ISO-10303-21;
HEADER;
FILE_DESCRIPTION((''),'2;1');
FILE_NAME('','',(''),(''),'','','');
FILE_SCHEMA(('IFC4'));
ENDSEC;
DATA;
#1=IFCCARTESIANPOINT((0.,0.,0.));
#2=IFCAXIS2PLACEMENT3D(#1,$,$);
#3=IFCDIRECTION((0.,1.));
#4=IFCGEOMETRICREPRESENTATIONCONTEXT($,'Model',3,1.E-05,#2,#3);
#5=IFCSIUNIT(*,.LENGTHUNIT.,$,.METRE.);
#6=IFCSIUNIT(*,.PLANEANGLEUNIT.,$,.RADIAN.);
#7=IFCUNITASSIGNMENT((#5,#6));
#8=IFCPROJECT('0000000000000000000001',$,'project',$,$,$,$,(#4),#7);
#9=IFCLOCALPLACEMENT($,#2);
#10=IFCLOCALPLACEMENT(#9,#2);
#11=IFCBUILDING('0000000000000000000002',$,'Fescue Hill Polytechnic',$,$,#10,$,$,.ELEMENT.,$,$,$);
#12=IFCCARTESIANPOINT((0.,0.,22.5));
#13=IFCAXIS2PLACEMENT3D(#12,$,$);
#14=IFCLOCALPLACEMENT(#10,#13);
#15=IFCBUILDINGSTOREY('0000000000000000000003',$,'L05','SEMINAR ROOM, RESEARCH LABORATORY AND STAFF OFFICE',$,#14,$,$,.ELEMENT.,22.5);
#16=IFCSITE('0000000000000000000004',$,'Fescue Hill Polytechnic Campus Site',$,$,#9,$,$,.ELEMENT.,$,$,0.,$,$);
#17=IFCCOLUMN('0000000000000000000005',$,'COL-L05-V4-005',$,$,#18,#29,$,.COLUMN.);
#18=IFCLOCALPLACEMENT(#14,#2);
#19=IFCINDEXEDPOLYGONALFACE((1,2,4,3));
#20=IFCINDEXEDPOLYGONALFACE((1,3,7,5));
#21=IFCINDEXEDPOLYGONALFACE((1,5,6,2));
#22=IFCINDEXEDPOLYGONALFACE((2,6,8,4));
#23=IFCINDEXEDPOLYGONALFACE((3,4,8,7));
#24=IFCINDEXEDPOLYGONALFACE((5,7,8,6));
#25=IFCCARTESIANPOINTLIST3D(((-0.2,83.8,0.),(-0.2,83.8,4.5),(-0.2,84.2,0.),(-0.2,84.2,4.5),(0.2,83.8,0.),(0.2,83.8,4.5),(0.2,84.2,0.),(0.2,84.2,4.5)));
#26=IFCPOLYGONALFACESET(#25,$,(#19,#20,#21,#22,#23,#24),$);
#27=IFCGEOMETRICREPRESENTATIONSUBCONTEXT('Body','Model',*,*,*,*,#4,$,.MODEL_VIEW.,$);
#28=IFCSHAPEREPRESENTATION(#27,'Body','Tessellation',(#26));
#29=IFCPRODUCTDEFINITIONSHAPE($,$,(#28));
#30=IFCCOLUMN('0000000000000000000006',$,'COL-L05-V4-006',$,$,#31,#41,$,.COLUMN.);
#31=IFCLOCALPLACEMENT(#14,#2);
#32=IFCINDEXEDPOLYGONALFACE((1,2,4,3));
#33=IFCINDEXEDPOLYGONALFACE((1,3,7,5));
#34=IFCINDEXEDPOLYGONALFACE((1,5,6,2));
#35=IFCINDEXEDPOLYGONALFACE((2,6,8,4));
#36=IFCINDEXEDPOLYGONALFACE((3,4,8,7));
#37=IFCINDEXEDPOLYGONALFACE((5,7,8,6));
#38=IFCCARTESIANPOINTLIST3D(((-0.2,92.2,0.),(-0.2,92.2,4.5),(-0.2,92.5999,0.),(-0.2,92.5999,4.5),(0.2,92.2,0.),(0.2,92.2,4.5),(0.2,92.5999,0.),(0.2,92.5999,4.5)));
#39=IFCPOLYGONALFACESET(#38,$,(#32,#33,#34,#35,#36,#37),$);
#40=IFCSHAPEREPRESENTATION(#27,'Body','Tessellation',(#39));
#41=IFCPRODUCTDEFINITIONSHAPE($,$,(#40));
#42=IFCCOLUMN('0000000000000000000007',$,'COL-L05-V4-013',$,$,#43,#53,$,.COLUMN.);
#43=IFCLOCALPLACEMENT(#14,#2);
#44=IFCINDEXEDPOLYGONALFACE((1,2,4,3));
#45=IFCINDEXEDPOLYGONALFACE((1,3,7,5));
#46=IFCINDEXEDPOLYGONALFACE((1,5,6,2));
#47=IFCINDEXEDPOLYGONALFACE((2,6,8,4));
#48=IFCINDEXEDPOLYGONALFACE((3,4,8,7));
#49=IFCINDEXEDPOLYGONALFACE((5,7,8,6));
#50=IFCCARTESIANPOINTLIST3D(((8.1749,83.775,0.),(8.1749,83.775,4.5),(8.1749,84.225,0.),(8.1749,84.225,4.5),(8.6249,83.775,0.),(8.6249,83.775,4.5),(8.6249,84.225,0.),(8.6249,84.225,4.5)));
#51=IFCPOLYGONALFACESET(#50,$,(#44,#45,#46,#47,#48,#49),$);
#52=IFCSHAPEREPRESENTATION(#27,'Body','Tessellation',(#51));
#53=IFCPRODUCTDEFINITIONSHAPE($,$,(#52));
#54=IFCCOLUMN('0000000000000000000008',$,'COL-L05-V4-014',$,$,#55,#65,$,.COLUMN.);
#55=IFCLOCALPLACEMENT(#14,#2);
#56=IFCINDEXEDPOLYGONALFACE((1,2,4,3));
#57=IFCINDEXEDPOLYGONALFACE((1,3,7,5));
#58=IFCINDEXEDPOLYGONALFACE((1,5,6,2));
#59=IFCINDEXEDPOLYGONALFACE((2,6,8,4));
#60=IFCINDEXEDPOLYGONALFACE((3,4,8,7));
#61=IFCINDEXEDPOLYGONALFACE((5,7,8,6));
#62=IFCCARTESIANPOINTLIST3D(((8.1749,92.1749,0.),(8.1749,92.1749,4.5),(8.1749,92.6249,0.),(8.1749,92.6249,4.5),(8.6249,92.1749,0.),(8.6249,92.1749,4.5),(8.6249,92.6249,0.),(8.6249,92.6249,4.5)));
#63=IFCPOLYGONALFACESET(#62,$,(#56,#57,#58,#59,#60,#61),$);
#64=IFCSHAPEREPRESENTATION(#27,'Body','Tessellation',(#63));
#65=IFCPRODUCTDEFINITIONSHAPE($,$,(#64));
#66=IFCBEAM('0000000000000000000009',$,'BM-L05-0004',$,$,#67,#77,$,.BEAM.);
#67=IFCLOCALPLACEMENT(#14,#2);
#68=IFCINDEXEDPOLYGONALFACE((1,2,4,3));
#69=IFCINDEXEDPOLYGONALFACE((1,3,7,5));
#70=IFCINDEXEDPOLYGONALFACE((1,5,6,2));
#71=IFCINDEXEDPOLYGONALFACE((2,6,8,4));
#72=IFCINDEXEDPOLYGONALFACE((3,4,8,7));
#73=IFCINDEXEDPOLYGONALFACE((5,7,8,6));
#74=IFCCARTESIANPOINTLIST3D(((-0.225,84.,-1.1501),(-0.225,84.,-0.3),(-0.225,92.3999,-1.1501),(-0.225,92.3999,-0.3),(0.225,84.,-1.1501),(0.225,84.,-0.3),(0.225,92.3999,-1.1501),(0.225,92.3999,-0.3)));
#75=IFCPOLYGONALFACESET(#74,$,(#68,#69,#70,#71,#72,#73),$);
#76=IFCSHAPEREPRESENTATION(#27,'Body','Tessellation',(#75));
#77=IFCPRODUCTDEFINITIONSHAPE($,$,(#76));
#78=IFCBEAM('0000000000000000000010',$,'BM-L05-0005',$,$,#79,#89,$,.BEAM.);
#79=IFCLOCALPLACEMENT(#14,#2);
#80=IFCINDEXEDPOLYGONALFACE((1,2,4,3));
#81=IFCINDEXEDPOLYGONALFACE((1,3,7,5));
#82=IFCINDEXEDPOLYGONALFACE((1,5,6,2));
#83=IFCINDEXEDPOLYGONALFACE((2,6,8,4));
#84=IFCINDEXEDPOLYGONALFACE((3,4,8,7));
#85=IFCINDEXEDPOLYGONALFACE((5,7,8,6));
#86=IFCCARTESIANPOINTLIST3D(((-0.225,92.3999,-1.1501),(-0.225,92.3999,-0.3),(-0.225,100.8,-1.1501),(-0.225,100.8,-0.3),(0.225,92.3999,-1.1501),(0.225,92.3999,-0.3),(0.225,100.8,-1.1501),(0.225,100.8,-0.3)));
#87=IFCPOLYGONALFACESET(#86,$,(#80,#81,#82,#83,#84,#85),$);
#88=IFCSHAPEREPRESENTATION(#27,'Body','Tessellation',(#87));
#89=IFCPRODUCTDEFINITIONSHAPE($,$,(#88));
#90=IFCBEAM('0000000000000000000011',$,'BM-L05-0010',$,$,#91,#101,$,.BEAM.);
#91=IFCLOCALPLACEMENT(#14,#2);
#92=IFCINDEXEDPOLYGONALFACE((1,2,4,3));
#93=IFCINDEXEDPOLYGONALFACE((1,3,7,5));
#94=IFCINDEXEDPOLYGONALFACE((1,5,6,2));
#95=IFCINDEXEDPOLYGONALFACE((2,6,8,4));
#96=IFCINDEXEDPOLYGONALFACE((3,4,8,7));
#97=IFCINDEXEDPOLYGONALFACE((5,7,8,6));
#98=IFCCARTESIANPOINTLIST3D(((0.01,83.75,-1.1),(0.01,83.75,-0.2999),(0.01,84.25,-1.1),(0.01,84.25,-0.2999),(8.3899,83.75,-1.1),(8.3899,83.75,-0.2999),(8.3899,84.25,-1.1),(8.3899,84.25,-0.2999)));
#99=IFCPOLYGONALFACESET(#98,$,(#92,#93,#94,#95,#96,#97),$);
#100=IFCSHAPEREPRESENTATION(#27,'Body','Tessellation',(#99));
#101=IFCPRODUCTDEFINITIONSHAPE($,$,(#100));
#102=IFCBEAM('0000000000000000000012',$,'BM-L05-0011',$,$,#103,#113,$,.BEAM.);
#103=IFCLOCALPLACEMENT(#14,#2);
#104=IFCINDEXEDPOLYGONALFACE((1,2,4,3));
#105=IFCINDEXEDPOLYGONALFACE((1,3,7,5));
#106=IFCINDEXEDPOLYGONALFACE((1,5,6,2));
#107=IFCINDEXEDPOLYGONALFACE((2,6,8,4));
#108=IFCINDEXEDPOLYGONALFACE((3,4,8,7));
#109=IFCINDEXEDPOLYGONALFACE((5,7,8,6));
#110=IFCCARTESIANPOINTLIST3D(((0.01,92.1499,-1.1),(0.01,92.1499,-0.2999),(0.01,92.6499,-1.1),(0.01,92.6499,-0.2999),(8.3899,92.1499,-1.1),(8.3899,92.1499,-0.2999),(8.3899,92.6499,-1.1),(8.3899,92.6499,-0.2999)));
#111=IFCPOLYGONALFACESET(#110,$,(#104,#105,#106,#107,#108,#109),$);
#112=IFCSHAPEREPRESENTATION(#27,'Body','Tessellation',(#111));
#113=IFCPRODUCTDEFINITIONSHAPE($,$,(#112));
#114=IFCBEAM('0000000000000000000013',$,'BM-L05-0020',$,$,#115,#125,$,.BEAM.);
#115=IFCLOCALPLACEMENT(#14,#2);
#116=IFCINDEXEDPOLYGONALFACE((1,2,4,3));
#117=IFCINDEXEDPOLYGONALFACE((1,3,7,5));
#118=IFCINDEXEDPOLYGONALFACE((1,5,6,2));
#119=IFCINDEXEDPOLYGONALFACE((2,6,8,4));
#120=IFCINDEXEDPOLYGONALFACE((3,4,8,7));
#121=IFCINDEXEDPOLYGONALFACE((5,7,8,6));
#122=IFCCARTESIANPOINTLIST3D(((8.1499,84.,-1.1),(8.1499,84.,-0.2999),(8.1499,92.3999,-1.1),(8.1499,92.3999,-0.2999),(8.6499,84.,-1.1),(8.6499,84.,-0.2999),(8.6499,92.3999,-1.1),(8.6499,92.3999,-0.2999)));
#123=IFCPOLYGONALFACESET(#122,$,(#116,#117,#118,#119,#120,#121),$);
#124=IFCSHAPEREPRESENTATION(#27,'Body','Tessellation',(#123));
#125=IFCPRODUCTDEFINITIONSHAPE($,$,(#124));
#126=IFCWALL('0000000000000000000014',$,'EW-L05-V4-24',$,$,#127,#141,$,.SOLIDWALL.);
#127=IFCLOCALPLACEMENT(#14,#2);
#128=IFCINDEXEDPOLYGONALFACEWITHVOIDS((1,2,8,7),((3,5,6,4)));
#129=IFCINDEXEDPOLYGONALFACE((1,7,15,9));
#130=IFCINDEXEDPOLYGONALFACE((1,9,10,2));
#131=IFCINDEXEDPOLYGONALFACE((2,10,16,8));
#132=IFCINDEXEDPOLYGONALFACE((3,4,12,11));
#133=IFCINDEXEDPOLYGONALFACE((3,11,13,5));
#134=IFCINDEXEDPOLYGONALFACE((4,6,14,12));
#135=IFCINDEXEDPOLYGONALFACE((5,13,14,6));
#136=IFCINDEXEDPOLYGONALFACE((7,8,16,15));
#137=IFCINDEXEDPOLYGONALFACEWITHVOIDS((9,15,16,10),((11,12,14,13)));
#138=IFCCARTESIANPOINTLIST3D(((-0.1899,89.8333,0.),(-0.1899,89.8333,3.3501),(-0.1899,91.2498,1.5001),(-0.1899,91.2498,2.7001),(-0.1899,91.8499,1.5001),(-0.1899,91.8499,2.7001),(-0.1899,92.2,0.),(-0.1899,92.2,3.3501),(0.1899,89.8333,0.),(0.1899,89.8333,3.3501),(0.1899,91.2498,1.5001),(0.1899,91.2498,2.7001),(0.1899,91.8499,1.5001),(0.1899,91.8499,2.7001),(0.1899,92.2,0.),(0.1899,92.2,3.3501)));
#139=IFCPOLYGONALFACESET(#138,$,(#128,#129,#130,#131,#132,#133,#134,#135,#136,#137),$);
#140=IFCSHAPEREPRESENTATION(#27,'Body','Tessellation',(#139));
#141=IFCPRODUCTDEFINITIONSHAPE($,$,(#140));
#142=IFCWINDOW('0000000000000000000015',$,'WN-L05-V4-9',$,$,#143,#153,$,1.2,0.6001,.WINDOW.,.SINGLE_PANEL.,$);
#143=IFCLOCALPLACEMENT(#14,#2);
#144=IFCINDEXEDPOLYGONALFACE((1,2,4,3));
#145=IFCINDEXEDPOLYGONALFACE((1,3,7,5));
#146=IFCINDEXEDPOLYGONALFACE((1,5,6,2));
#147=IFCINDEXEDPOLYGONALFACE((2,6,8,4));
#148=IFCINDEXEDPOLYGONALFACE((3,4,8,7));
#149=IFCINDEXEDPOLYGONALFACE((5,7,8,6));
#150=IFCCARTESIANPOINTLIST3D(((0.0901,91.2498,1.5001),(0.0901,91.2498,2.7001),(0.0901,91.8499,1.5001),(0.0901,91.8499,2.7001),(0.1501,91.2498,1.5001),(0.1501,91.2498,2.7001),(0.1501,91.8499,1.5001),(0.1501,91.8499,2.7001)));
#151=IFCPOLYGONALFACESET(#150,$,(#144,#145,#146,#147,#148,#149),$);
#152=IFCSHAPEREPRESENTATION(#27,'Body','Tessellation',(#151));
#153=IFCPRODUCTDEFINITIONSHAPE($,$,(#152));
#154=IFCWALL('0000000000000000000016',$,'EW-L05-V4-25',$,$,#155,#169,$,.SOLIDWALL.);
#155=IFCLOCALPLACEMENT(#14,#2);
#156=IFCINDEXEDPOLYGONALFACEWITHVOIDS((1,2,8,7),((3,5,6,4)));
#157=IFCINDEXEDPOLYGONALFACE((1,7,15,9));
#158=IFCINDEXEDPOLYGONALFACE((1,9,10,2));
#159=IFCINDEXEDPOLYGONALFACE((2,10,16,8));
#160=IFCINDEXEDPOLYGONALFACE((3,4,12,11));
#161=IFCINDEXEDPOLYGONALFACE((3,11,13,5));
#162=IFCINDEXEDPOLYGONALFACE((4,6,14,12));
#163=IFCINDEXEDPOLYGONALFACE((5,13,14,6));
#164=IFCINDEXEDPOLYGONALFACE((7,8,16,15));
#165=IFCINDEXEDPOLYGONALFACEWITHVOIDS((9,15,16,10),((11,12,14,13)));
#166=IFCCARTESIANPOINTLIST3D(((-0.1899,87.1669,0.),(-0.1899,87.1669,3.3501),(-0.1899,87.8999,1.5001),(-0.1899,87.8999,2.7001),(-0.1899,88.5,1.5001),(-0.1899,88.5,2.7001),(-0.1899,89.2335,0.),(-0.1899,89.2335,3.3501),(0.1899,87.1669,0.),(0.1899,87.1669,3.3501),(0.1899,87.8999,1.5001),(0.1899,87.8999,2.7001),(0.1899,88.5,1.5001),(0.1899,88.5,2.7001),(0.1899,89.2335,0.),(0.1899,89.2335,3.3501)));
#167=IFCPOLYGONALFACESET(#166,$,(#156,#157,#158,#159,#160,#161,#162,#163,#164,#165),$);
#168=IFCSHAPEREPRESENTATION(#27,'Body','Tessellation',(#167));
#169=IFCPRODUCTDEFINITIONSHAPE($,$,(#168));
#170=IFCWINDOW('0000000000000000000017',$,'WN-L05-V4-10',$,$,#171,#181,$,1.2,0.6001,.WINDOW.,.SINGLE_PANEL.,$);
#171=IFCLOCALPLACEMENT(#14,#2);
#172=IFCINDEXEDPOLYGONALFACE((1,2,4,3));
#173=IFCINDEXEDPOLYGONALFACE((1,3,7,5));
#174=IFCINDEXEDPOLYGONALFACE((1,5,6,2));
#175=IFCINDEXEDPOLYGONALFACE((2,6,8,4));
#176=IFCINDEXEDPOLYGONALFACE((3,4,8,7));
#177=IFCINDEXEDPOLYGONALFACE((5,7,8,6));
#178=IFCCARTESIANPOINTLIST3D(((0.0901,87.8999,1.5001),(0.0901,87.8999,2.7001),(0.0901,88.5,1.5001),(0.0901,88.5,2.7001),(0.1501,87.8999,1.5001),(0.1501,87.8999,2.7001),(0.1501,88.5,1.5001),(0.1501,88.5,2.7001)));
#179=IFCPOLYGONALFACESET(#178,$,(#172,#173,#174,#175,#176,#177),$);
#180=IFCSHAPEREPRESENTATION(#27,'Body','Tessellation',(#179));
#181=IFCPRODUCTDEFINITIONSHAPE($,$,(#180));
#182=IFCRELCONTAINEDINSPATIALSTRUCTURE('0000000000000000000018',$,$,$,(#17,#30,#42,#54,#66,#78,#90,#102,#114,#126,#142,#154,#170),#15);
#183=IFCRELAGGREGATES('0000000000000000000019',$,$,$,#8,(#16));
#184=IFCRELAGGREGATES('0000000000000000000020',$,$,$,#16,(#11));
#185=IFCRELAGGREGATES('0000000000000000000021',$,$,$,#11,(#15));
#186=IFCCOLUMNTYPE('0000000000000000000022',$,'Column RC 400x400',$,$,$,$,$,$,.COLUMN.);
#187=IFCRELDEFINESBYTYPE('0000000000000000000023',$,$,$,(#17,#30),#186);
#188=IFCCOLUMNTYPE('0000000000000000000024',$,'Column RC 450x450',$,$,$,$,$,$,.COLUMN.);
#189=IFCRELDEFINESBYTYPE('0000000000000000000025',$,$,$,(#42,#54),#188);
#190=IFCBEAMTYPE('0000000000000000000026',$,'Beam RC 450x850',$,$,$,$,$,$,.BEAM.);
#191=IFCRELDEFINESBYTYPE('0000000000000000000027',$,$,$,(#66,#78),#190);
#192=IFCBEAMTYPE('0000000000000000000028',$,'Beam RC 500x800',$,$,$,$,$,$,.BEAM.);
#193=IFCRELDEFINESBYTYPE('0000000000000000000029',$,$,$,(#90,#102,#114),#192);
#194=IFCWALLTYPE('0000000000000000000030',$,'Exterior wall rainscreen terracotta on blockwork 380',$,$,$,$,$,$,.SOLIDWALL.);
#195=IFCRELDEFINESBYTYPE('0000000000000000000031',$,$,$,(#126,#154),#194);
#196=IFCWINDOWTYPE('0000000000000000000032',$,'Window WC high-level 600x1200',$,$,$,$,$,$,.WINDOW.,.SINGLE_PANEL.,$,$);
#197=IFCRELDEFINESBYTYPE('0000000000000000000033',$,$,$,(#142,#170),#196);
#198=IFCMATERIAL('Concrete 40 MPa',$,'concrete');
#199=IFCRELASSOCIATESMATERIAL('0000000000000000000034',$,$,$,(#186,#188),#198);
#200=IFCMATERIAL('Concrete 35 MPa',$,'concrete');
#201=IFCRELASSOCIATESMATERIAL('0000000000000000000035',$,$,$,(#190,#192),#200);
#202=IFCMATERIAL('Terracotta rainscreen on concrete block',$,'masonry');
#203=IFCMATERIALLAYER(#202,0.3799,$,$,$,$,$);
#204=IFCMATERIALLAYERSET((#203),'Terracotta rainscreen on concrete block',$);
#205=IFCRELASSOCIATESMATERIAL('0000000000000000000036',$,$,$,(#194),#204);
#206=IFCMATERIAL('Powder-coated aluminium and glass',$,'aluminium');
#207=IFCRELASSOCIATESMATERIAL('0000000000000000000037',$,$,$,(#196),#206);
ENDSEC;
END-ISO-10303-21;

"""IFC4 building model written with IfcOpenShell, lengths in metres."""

from ifc_helpers import new_model, si_unit, direction, frame, frame_2d, origin, origin_2d, place, context, subcontext, project, spatial, rectangle, extrude, material, layer, layer_set, material_profile, profile_set, type_object, element, fill, save


model = new_model("IFC4")

# Units and contexts
model_context = context("Model", 3, precision=1e-05, world=origin(), true_north=direction((0.0, 1.0)))
body_context = subcontext(model_context, "Body", "Model", "MODEL_VIEW")
ifc_project = project(units=[si_unit("LENGTHUNIT", "METRE"), si_unit("PLANEANGLEUNIT", "RADIAN")], contexts=[model_context])

# Site, building, storey
site_placement = place(None, origin())
site = spatial("IfcSite", under=ifc_project, at=site_placement, Name="Fescue Hill Polytechnic Campus Site", CompositionType="ELEMENT", RefElevation=0.0)
building_placement = place(site_placement, origin())
building = spatial("IfcBuilding", under=site, at=building_placement, Name="Fescue Hill Polytechnic", CompositionType="ELEMENT")
storey_placement = place(building_placement, frame((0.0, 0.0, 22.5)))
storey = spatial("IfcBuildingStorey", under=building, at=storey_placement, Name="L05", Description="SEMINAR ROOM, RESEARCH LABORATORY AND STAFF OFFICE", CompositionType="ELEMENT", Elevation=22.5)

# Columns
ifc_material_1 = material(Name="Concrete 40 MPa", Category="concrete")
ifc_material_profile_1 = material_profile(ifc_material_1, rectangle(XDim=0.3999, YDim=0.3999, at=origin_2d()), Name="RC 400x400")
ifc_profile_set_1 = profile_set([ifc_material_profile_1], Name="Concrete 40 MPa")
column_type_1 = type_object("IfcColumnType", Name="Column RC 400x400", PredefinedType="COLUMN", material=ifc_profile_set_1)
for number, where, z_axis, x_axis, name in (
    (1, (0.0, 84.0, 0.0), (0.0, 0.0, 1.0), (1.0, 0.0, 0.0), "COL-L05-V4-005"),
    (2, (0.0, 92.3999, 0.0), (0.0, 0.0, 1.0), (1.0, 0.0, 0.0), "COL-L05-V4-006"),
):
    element("IfcColumn", number, at=place(storey_placement, frame(where, z_axis=z_axis, x_axis=x_axis)), inside=storey, type_object=column_type_1, Name=name, PredefinedType="COLUMN", context=body_context, shape_type="SweptSolid", body=[
        extrude(rectangle(XDim=0.3999, YDim=0.3999, at=origin_2d()), origin(), (0.0, 0.0, 1.0), 4.5),
    ])
ifc_material_profile_2 = material_profile(ifc_material_1, rectangle(XDim=0.45, YDim=0.45, at=origin_2d()), Name="RC 450x450")
ifc_profile_set_2 = profile_set([ifc_material_profile_2], Name="Concrete 40 MPa")
column_type_2 = type_object("IfcColumnType", Name="Column RC 450x450", PredefinedType="COLUMN", material=ifc_profile_set_2)
for number, where, z_axis, x_axis, name in (
    (3, (8.3999, 84.0, 0.0), (0.0, 0.0, 1.0), (1.0, 0.0, 0.0), "COL-L05-V4-013"),
    (4, (8.3999, 92.3999, 0.0), (0.0, 0.0, 1.0), (1.0, 0.0, 0.0), "COL-L05-V4-014"),
):
    element("IfcColumn", number, at=place(storey_placement, frame(where, z_axis=z_axis, x_axis=x_axis)), inside=storey, type_object=column_type_2, Name=name, PredefinedType="COLUMN", context=body_context, shape_type="SweptSolid", body=[
        extrude(rectangle(XDim=0.45, YDim=0.45, at=origin_2d()), origin(), (0.0, 0.0, 1.0), 4.5),
    ])

# Beams
ifc_material_2 = material(Name="Concrete 35 MPa", Category="concrete")
ifc_material_profile_3 = material_profile(ifc_material_2, rectangle(XDim=0.45, YDim=0.8501, at=origin_2d()), Name="RC 450x850")
ifc_profile_set_3 = profile_set([ifc_material_profile_3], Name="Concrete 35 MPa")
beam_type_1 = type_object("IfcBeamType", Name="Beam RC 450x850", PredefinedType="BEAM", material=ifc_profile_set_3)
beam_1_placement = place(storey_placement, frame((0.0, 84.0, -0.7251), z_axis=(0.0, 1.0, 0.0), x_axis=(-1.0, 0.0, 0.0)))
element("IfcBeam", 5, at=beam_1_placement, inside=storey, type_object=beam_type_1, Name="BM-L05-0004", PredefinedType="BEAM", context=body_context, shape_type="SweptSolid", body=[
    extrude(rectangle(XDim=0.45, YDim=0.8501, at=origin_2d()), origin(), (0.0, 0.0, 1.0), 8.3999),
])
beam_2_placement = place(storey_placement, frame((0.0, 92.3999, -0.7251), z_axis=(0.0, 1.0, 0.0), x_axis=(-1.0, 0.0, 0.0)))
element("IfcBeam", 6, at=beam_2_placement, inside=storey, type_object=beam_type_1, Name="BM-L05-0005", PredefinedType="BEAM", context=body_context, shape_type="SweptSolid", body=[
    extrude(rectangle(XDim=0.45, YDim=0.8501, at=origin_2d()), origin(), (0.0, 0.0, 1.0), 8.4001),
])
ifc_material_profile_4 = material_profile(ifc_material_2, rectangle(XDim=0.5, YDim=0.8, at=origin_2d()), Name="RC 500x800")
ifc_profile_set_4 = profile_set([ifc_material_profile_4], Name="Concrete 35 MPa")
beam_type_2 = type_object("IfcBeamType", Name="Beam RC 500x800", PredefinedType="BEAM", material=ifc_profile_set_4)
for number, where, z_axis, x_axis, name in (
    (7, (0.01, 84.0, -0.7), (1.0, 0.0, 0.0), (0.0, 1.0, 0.0), "BM-L05-0010"),
    (8, (0.01, 92.3999, -0.7), (1.0, 0.0, 0.0), (0.0, 1.0, 0.0), "BM-L05-0011"),
):
    element("IfcBeam", number, at=place(storey_placement, frame(where, z_axis=z_axis, x_axis=x_axis)), inside=storey, type_object=beam_type_2, Name=name, PredefinedType="BEAM", context=body_context, shape_type="SweptSolid", body=[
        extrude(rectangle(XDim=0.5, YDim=0.8, at=origin_2d()), origin(), (0.0, 0.0, 1.0), 8.3799),
    ])
beam_3_placement = place(storey_placement, frame((8.3999, 84.0, -0.7), z_axis=(0.0, 1.0, 0.0), x_axis=(-1.0, 0.0, 0.0)))
element("IfcBeam", 9, at=beam_3_placement, inside=storey, type_object=beam_type_2, Name="BM-L05-0020", PredefinedType="BEAM", context=body_context, shape_type="SweptSolid", body=[
    extrude(rectangle(XDim=0.5, YDim=0.8, at=origin_2d()), origin(), (0.0, 0.0, 1.0), 8.3999),
])

# Walls, openings, windows
ifc_material_3 = material(Name="Terracotta rainscreen on concrete block", Category="masonry")
ifc_layer_1 = layer(ifc_material_3, 0.3799)
ifc_layer_set_1 = layer_set([ifc_layer_1], Name="Terracotta rainscreen on concrete block")
wall_type_1 = type_object("IfcWallType", Name="Exterior wall rainscreen terracotta on blockwork 380", PredefinedType="SOLIDWALL", material=ifc_layer_set_1)
wall_1_placement = place(storey_placement, frame((0.0, 92.2, 0.0), z_axis=(0.0, 0.0, 1.0), x_axis=(0.0, -1.0, 0.0)))
wall_1 = element("IfcWall", 10, at=wall_1_placement, inside=storey, type_object=wall_type_1, Name="EW-L05-V4-24", PredefinedType="SOLIDWALL", context=body_context, shape_type="SweptSolid", body=[
    extrude(rectangle(XDim=2.3667, YDim=0.3799, at=frame_2d((1.1833, 0.0))), origin(), (0.0, 0.0, 1.0), 3.3501),
])
opening_1_placement = place(wall_1_placement, frame((0.3501, 0.0, 1.5)))
opening_1 = element("IfcOpeningElement", 11, at=opening_1_placement, cuts=wall_1, PredefinedType="OPENING", context=body_context, shape_type="SweptSolid", body=[
    extrude(rectangle(XDim=0.6001, YDim=1.2, at=frame_2d((0.3, 0.6001))), frame((0.0, 0.2, 0.0), z_axis=(0.0, -1.0, 0.0), x_axis=(1.0, 0.0, 0.0)), (0.0, 0.0, 1.0), 0.3999),
])
ifc_material_4 = material(Name="Powder-coated aluminium and glass", Category="aluminium")
window_type = type_object("IfcWindowType", Name="Window WC high-level 600x1200", PartitioningType="SINGLE_PANEL", PredefinedType="WINDOW", material=ifc_material_4)
window_1_placement = place(opening_1_placement, origin())
window_1 = element("IfcWindow", 12, at=window_1_placement, inside=storey, type_object=window_type, Name="WN-L05-V4-9", OverallHeight=1.2, OverallWidth=0.6001, PartitioningType="SINGLE_PANEL", PredefinedType="WINDOW", context=body_context, shape_type="SweptSolid", body=[
    extrude(rectangle(XDim=0.6001, YDim=1.2, at=frame_2d((0.3, 0.6001))), frame((0.0, 0.1501, 0.0), z_axis=(0.0, -1.0, 0.0), x_axis=(1.0, 0.0, 0.0)), (0.0, 0.0, 1.0), 0.0601),
])
fill(opening_1, window_1)
wall_2_placement = place(storey_placement, frame((0.0, 89.2334, 0.0), z_axis=(0.0, 0.0, 1.0), x_axis=(0.0, -1.0, 0.0)))
wall_2 = element("IfcWall", 13, at=wall_2_placement, inside=storey, type_object=wall_type_1, Name="EW-L05-V4-25", PredefinedType="SOLIDWALL", context=body_context, shape_type="SweptSolid", body=[
    extrude(rectangle(XDim=2.0667, YDim=0.3799, at=frame_2d((1.0332, 0.0))), origin(), (0.0, 0.0, 1.0), 3.3501),
])
opening_2_placement = place(wall_2_placement, frame((0.7334, 0.0, 1.5)))
opening_2 = element("IfcOpeningElement", 14, at=opening_2_placement, cuts=wall_2, PredefinedType="OPENING", context=body_context, shape_type="SweptSolid", body=[
    extrude(rectangle(XDim=0.6001, YDim=1.2, at=frame_2d((0.3, 0.6001))), frame((0.0, 0.2, 0.0), z_axis=(0.0, -1.0, 0.0), x_axis=(1.0, 0.0, 0.0)), (0.0, 0.0, 1.0), 0.3999),
])
window_2_placement = place(opening_2_placement, origin())
window_2 = element("IfcWindow", 15, at=window_2_placement, inside=storey, type_object=window_type, Name="WN-L05-V4-10", OverallHeight=1.2, OverallWidth=0.6001, PartitioningType="SINGLE_PANEL", PredefinedType="WINDOW", context=body_context, shape_type="SweptSolid", body=[
    extrude(rectangle(XDim=0.6001, YDim=1.2, at=frame_2d((0.3, 0.6001))), frame((0.0, 0.1501, 0.0), z_axis=(0.0, -1.0, 0.0), x_axis=(1.0, 0.0, 0.0)), (0.0, 0.0, 1.0), 0.0601),
])
fill(opening_2, window_2)

save(model, "model.ifc")
